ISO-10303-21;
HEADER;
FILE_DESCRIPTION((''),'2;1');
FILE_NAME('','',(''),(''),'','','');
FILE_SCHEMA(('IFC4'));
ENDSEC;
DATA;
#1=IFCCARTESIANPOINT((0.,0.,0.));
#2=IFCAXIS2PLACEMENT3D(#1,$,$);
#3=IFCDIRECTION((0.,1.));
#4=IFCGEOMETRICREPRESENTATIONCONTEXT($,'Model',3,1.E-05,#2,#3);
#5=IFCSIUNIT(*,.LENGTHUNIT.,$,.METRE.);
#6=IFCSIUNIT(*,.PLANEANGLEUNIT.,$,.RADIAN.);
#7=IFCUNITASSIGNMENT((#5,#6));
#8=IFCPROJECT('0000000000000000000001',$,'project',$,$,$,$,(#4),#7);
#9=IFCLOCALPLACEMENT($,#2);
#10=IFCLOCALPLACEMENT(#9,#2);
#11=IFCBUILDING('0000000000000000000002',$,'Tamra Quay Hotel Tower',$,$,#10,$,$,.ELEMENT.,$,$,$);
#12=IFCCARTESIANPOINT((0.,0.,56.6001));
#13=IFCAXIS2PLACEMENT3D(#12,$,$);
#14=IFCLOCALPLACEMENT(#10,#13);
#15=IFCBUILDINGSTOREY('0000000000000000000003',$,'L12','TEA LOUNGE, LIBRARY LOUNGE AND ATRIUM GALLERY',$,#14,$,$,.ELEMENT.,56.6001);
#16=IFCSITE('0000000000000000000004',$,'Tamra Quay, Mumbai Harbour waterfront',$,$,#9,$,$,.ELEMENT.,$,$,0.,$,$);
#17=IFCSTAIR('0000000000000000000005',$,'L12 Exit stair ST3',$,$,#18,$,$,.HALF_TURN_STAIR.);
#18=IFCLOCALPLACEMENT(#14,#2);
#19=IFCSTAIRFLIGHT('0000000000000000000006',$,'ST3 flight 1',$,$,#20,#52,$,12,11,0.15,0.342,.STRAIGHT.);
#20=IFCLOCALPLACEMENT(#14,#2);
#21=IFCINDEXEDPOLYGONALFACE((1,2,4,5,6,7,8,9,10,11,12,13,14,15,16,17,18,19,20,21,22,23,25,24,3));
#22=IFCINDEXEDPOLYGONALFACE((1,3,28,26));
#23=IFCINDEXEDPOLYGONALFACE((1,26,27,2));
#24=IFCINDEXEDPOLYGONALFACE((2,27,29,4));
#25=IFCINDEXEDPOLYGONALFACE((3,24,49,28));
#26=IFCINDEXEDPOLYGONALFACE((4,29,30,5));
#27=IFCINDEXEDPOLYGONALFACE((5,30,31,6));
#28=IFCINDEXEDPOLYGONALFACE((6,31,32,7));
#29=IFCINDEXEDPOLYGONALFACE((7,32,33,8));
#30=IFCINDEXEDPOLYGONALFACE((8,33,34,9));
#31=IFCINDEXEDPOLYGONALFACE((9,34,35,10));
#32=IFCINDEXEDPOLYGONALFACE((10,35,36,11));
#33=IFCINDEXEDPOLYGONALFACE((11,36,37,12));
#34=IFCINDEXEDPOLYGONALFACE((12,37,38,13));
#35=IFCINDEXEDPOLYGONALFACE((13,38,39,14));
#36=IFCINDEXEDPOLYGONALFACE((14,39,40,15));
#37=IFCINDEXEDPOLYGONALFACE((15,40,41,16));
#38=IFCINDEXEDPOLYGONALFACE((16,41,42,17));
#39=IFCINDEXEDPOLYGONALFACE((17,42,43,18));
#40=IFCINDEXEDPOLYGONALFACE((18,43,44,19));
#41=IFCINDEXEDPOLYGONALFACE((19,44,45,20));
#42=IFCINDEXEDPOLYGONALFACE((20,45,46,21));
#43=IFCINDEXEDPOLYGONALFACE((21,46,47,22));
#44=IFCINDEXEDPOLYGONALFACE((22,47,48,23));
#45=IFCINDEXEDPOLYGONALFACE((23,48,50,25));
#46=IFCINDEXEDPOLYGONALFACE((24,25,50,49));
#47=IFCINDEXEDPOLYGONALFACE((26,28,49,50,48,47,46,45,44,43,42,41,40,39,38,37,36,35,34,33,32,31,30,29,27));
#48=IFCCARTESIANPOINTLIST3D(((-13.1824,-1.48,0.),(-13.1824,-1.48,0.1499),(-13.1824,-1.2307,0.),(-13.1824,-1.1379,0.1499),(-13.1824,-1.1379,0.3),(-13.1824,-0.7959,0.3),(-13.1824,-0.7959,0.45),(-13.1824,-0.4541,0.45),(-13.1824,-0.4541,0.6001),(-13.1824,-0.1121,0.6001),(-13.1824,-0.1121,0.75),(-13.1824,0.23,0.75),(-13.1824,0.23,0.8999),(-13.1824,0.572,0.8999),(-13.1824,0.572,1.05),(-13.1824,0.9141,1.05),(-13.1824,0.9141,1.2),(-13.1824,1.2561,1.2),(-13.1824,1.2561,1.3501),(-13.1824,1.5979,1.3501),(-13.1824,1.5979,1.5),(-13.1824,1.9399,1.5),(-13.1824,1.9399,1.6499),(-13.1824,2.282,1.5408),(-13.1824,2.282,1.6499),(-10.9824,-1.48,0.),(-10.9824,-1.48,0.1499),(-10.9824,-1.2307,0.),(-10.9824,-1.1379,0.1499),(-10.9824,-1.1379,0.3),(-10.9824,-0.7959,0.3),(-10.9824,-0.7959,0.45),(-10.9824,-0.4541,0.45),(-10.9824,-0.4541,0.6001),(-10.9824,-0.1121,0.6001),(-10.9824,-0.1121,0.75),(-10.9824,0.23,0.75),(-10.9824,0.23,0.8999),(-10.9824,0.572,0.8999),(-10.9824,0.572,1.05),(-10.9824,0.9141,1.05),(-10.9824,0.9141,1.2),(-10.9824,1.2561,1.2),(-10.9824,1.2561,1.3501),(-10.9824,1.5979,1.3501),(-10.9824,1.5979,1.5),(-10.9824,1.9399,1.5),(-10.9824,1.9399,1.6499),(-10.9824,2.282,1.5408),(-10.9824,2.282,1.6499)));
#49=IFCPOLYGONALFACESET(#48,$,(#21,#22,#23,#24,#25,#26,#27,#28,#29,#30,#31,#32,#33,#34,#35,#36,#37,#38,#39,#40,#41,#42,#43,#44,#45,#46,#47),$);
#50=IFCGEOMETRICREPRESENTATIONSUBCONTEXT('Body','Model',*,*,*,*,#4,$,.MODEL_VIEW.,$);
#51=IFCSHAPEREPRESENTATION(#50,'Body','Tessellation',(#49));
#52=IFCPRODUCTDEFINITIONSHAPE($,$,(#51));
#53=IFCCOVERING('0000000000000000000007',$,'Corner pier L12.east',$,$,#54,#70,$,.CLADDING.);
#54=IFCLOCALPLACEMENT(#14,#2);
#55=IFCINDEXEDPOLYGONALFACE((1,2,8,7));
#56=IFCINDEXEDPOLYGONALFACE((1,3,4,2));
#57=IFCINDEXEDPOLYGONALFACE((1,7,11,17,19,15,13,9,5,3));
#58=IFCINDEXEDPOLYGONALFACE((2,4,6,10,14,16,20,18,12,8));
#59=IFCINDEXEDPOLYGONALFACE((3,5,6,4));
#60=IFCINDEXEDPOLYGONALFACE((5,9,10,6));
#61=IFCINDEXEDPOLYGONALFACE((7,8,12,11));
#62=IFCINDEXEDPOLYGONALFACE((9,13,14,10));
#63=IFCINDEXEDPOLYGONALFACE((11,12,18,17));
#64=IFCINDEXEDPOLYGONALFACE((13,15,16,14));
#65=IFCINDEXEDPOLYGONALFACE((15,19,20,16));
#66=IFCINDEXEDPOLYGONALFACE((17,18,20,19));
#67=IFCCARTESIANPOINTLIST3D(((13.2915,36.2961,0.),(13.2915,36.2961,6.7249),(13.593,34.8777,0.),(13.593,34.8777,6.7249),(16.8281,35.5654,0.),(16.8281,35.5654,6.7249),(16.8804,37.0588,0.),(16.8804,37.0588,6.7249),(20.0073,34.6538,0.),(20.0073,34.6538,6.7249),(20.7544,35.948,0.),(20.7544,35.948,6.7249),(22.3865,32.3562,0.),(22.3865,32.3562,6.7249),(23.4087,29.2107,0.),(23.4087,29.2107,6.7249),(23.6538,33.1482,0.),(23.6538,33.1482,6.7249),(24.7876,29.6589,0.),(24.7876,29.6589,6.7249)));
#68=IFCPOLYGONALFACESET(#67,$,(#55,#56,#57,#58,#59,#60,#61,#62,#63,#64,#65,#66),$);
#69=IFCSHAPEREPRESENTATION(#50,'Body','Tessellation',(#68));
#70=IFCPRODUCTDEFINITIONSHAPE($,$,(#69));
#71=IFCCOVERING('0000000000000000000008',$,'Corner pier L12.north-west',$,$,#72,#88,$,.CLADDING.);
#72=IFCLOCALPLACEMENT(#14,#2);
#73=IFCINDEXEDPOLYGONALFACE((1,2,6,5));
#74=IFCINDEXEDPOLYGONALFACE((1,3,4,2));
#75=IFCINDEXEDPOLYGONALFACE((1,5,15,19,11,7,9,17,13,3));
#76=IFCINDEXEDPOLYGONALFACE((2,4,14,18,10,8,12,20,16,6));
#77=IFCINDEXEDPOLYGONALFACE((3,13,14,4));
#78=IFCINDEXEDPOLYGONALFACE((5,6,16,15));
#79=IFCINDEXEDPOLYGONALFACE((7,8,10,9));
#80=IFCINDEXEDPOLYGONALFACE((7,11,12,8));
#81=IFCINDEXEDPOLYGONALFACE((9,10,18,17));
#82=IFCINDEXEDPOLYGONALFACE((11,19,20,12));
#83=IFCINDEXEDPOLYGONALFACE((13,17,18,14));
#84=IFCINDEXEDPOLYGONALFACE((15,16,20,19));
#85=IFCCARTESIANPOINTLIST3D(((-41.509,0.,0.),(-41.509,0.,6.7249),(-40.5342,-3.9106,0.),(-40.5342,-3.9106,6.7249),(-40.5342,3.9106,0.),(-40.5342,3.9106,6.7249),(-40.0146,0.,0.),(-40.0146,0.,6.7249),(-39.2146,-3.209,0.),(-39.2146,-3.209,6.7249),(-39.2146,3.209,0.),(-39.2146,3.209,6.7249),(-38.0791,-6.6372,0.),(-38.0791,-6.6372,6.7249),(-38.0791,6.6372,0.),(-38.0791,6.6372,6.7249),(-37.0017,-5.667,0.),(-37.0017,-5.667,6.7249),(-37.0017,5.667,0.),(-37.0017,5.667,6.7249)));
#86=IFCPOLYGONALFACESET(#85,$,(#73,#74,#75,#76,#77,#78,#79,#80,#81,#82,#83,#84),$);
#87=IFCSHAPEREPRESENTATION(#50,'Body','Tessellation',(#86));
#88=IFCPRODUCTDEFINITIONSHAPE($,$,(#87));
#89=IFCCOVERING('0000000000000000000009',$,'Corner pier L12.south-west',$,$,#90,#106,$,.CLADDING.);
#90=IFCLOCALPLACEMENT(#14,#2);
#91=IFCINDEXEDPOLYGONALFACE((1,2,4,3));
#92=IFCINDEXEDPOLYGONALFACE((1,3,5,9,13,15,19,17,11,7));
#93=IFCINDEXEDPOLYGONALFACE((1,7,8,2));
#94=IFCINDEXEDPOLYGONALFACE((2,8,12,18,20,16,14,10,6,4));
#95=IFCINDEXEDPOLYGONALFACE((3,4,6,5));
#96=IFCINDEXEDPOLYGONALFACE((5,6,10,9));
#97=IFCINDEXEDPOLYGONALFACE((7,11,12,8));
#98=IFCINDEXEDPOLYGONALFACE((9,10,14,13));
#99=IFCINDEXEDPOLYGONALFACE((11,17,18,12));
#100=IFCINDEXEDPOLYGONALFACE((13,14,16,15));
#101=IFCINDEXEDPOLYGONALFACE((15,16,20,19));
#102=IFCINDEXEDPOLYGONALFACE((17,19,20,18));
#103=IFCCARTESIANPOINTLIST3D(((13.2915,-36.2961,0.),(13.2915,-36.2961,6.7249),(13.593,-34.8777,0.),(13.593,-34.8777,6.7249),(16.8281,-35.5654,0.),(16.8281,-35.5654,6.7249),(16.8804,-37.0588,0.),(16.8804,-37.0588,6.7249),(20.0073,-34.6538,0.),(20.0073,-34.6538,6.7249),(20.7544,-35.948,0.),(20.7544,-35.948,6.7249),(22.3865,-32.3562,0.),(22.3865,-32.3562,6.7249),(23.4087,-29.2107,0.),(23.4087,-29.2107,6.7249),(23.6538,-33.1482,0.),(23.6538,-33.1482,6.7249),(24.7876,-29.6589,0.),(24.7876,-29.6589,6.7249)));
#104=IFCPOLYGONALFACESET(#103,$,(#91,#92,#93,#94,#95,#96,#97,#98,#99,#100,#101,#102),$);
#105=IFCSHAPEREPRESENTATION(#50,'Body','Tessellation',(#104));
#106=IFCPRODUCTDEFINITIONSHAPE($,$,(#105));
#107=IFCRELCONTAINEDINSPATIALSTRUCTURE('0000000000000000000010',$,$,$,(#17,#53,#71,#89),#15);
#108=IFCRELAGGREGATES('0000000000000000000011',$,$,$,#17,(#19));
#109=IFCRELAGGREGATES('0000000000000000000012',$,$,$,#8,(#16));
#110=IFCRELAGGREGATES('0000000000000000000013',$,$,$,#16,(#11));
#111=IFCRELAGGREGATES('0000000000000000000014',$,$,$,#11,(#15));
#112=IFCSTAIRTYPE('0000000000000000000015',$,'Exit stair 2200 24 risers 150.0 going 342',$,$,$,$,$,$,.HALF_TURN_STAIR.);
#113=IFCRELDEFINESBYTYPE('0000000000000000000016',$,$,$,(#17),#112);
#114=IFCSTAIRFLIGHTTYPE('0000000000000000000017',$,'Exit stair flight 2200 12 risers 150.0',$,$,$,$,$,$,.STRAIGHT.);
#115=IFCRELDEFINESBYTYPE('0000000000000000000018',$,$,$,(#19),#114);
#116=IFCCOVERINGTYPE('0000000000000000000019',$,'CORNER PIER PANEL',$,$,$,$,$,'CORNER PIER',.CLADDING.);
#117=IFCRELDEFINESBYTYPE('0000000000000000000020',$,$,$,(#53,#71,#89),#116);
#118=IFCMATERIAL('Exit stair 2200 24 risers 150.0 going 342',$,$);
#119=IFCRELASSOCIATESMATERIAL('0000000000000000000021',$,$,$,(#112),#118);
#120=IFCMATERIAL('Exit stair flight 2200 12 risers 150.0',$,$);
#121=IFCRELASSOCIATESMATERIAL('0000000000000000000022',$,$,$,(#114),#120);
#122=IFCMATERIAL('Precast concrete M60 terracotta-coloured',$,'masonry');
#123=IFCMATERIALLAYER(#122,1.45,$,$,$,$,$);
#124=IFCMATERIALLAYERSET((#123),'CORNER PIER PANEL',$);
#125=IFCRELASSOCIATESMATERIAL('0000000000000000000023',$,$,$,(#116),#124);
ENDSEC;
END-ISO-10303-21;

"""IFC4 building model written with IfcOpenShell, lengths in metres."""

from ifc_helpers import new_model, si_unit, direction, frame, origin, place, context, subcontext, project, spatial, polyline, outline, extrude, material, layer, layer_set, type_object, element, aggregate, save


model = new_model("IFC4")

# Units and contexts
model_context = context("Model", 3, precision=1e-05, world=origin(), true_north=direction((0.0, 1.0)))
body_context = subcontext(model_context, "Body", "Model", "MODEL_VIEW")
ifc_project = project(units=[si_unit("LENGTHUNIT", "METRE"), si_unit("PLANEANGLEUNIT", "RADIAN")], contexts=[model_context])

# Site, building, storey
site_placement = place(None, origin())
site = spatial("IfcSite", under=ifc_project, at=site_placement, Name="Tamra Quay, Mumbai Harbour waterfront", CompositionType="ELEMENT", RefElevation=0.0)
building_placement = place(site_placement, origin())
building = spatial("IfcBuilding", under=site, at=building_placement, Name="Tamra Quay Hotel Tower", CompositionType="ELEMENT")
storey_placement = place(building_placement, frame((0.0, 0.0, 56.6001)))
storey = spatial("IfcBuildingStorey", under=building, at=storey_placement, Name="L12", Description="TEA LOUNGE, LIBRARY LOUNGE AND ATRIUM GALLERY", CompositionType="ELEMENT", Elevation=56.6001)

# Stair, stair flight
ifc_material_1 = material(Name="Exit stair 2200 24 risers 150.0 going 342")
stair_type = type_object("IfcStairType", Name="Exit stair 2200 24 risers 150.0 going 342", PredefinedType="HALF_TURN_STAIR", material=ifc_material_1)
stair_placement = place(storey_placement, origin())
stair = element("IfcStair", 1, at=stair_placement, inside=storey, type_object=stair_type, Name="L12 Exit stair ST3", PredefinedType="HALF_TURN_STAIR")
ifc_material_2 = material(Name="Exit stair flight 2200 12 risers 150.0")
stair_flight_type = type_object("IfcStairFlightType", Name="Exit stair flight 2200 12 risers 150.0", PredefinedType="STRAIGHT", material=ifc_material_2)
stair_flight_placement = place(storey_placement, frame((-12.0823, -1.48, 0.0), z_axis=(0.0, 0.0, 1.0), x_axis=(0.0, 1.0, 0.0)))
stair_flight = element("IfcStairFlight", 2, at=stair_flight_placement, type_object=stair_flight_type, Name="ST3 flight 1", NumberOfRisers=12, NumberOfTreads=11, PredefinedType="STRAIGHT", RiserHeight=0.15, TreadLength=0.342, context=body_context, shape_type="SweptSolid", body=[
    extrude(outline(polyline([(0.0, 0.0), (0.0, 0.1499), (0.342, 0.1499), (0.342, 0.3), (0.6841, 0.3), (0.6841, 0.45), (1.0259, 0.45), (1.0259, 0.6001), (1.3679, 0.6001), (1.3679, 0.75), (1.71, 0.75), (1.71, 0.8999), (2.052, 0.8999), (2.052, 1.05), (2.394, 1.05), (2.394, 1.2), (2.7361, 1.2), (2.7361, 1.3501), (3.0779, 1.3501), (3.0779, 1.5), (3.4199, 1.5), (3.4199, 1.6499), (3.762, 1.6499), (3.762, 1.8), (3.762, 1.5408), (0.2493, 0.0), (0.0, 0.0)])), frame((0.0, 1.1001, 0.0), z_axis=(0.0, -1.0, 0.0), x_axis=(1.0, 0.0, 0.0)), (0.0, 0.0, 1.0), 2.2),
])
aggregate(stair, [stair_flight])

# Coverings
ifc_material_3 = material(Name="Precast concrete M60 terracotta-coloured", Category="masonry")
ifc_layer_1 = layer(ifc_material_3, 1.45)
ifc_layer_set_1 = layer_set([ifc_layer_1], Name="CORNER PIER PANEL")
covering_type = type_object("IfcCoveringType", Name="CORNER PIER PANEL", ElementType="CORNER PIER", PredefinedType="CLADDING", material=ifc_layer_set_1)
covering_1_placement = place(storey_placement, origin())
element("IfcCovering", 3, at=covering_1_placement, inside=storey, type_object=covering_type, Name="Corner pier L12.east", PredefinedType="CLADDING", context=body_context, shape_type="SweptSolid", body=[
    extrude(outline(polyline([(23.4087, 29.2107), (24.7876, 29.6589), (23.6538, 33.1482), (20.7544, 35.948), (16.8804, 37.0588), (13.2915, 36.2961), (13.593, 34.8777), (16.8281, 35.5654), (20.0073, 34.6538), (22.3865, 32.3562), (23.4087, 29.2107)])), origin(), (0.0, 0.0, 1.0), 6.7249),
])
covering_2_placement = place(storey_placement, origin())
element("IfcCovering", 4, at=covering_2_placement, inside=storey, type_object=covering_type, Name="Corner pier L12.north-west", PredefinedType="CLADDING", context=body_context, shape_type="SweptSolid", body=[
    extrude(outline(polyline([(-37.0017, 5.667), (-38.0791, 6.6372), (-40.5342, 3.9106), (-41.509, 0.0), (-40.5342, -3.9106), (-38.0791, -6.6372), (-37.0017, -5.667), (-39.2146, -3.209), (-40.0146, 0.0), (-39.2146, 3.209), (-37.0017, 5.667)])), origin(), (0.0, 0.0, 1.0), 6.7249),
])
covering_3_placement = place(storey_placement, origin())
element("IfcCovering", 5, at=covering_3_placement, inside=storey, type_object=covering_type, Name="Corner pier L12.south-west", PredefinedType="CLADDING", context=body_context, shape_type="SweptSolid", body=[
    extrude(outline(polyline([(13.593, -34.8777), (13.2915, -36.2961), (16.8804, -37.0588), (20.7544, -35.948), (23.6538, -33.1482), (24.7876, -29.6589), (23.4087, -29.2107), (22.3865, -32.3562), (20.0073, -34.6538), (16.8281, -35.5654), (13.593, -34.8777)])), origin(), (0.0, 0.0, 1.0), 6.7249),
])

save(model, "model.ifc")
